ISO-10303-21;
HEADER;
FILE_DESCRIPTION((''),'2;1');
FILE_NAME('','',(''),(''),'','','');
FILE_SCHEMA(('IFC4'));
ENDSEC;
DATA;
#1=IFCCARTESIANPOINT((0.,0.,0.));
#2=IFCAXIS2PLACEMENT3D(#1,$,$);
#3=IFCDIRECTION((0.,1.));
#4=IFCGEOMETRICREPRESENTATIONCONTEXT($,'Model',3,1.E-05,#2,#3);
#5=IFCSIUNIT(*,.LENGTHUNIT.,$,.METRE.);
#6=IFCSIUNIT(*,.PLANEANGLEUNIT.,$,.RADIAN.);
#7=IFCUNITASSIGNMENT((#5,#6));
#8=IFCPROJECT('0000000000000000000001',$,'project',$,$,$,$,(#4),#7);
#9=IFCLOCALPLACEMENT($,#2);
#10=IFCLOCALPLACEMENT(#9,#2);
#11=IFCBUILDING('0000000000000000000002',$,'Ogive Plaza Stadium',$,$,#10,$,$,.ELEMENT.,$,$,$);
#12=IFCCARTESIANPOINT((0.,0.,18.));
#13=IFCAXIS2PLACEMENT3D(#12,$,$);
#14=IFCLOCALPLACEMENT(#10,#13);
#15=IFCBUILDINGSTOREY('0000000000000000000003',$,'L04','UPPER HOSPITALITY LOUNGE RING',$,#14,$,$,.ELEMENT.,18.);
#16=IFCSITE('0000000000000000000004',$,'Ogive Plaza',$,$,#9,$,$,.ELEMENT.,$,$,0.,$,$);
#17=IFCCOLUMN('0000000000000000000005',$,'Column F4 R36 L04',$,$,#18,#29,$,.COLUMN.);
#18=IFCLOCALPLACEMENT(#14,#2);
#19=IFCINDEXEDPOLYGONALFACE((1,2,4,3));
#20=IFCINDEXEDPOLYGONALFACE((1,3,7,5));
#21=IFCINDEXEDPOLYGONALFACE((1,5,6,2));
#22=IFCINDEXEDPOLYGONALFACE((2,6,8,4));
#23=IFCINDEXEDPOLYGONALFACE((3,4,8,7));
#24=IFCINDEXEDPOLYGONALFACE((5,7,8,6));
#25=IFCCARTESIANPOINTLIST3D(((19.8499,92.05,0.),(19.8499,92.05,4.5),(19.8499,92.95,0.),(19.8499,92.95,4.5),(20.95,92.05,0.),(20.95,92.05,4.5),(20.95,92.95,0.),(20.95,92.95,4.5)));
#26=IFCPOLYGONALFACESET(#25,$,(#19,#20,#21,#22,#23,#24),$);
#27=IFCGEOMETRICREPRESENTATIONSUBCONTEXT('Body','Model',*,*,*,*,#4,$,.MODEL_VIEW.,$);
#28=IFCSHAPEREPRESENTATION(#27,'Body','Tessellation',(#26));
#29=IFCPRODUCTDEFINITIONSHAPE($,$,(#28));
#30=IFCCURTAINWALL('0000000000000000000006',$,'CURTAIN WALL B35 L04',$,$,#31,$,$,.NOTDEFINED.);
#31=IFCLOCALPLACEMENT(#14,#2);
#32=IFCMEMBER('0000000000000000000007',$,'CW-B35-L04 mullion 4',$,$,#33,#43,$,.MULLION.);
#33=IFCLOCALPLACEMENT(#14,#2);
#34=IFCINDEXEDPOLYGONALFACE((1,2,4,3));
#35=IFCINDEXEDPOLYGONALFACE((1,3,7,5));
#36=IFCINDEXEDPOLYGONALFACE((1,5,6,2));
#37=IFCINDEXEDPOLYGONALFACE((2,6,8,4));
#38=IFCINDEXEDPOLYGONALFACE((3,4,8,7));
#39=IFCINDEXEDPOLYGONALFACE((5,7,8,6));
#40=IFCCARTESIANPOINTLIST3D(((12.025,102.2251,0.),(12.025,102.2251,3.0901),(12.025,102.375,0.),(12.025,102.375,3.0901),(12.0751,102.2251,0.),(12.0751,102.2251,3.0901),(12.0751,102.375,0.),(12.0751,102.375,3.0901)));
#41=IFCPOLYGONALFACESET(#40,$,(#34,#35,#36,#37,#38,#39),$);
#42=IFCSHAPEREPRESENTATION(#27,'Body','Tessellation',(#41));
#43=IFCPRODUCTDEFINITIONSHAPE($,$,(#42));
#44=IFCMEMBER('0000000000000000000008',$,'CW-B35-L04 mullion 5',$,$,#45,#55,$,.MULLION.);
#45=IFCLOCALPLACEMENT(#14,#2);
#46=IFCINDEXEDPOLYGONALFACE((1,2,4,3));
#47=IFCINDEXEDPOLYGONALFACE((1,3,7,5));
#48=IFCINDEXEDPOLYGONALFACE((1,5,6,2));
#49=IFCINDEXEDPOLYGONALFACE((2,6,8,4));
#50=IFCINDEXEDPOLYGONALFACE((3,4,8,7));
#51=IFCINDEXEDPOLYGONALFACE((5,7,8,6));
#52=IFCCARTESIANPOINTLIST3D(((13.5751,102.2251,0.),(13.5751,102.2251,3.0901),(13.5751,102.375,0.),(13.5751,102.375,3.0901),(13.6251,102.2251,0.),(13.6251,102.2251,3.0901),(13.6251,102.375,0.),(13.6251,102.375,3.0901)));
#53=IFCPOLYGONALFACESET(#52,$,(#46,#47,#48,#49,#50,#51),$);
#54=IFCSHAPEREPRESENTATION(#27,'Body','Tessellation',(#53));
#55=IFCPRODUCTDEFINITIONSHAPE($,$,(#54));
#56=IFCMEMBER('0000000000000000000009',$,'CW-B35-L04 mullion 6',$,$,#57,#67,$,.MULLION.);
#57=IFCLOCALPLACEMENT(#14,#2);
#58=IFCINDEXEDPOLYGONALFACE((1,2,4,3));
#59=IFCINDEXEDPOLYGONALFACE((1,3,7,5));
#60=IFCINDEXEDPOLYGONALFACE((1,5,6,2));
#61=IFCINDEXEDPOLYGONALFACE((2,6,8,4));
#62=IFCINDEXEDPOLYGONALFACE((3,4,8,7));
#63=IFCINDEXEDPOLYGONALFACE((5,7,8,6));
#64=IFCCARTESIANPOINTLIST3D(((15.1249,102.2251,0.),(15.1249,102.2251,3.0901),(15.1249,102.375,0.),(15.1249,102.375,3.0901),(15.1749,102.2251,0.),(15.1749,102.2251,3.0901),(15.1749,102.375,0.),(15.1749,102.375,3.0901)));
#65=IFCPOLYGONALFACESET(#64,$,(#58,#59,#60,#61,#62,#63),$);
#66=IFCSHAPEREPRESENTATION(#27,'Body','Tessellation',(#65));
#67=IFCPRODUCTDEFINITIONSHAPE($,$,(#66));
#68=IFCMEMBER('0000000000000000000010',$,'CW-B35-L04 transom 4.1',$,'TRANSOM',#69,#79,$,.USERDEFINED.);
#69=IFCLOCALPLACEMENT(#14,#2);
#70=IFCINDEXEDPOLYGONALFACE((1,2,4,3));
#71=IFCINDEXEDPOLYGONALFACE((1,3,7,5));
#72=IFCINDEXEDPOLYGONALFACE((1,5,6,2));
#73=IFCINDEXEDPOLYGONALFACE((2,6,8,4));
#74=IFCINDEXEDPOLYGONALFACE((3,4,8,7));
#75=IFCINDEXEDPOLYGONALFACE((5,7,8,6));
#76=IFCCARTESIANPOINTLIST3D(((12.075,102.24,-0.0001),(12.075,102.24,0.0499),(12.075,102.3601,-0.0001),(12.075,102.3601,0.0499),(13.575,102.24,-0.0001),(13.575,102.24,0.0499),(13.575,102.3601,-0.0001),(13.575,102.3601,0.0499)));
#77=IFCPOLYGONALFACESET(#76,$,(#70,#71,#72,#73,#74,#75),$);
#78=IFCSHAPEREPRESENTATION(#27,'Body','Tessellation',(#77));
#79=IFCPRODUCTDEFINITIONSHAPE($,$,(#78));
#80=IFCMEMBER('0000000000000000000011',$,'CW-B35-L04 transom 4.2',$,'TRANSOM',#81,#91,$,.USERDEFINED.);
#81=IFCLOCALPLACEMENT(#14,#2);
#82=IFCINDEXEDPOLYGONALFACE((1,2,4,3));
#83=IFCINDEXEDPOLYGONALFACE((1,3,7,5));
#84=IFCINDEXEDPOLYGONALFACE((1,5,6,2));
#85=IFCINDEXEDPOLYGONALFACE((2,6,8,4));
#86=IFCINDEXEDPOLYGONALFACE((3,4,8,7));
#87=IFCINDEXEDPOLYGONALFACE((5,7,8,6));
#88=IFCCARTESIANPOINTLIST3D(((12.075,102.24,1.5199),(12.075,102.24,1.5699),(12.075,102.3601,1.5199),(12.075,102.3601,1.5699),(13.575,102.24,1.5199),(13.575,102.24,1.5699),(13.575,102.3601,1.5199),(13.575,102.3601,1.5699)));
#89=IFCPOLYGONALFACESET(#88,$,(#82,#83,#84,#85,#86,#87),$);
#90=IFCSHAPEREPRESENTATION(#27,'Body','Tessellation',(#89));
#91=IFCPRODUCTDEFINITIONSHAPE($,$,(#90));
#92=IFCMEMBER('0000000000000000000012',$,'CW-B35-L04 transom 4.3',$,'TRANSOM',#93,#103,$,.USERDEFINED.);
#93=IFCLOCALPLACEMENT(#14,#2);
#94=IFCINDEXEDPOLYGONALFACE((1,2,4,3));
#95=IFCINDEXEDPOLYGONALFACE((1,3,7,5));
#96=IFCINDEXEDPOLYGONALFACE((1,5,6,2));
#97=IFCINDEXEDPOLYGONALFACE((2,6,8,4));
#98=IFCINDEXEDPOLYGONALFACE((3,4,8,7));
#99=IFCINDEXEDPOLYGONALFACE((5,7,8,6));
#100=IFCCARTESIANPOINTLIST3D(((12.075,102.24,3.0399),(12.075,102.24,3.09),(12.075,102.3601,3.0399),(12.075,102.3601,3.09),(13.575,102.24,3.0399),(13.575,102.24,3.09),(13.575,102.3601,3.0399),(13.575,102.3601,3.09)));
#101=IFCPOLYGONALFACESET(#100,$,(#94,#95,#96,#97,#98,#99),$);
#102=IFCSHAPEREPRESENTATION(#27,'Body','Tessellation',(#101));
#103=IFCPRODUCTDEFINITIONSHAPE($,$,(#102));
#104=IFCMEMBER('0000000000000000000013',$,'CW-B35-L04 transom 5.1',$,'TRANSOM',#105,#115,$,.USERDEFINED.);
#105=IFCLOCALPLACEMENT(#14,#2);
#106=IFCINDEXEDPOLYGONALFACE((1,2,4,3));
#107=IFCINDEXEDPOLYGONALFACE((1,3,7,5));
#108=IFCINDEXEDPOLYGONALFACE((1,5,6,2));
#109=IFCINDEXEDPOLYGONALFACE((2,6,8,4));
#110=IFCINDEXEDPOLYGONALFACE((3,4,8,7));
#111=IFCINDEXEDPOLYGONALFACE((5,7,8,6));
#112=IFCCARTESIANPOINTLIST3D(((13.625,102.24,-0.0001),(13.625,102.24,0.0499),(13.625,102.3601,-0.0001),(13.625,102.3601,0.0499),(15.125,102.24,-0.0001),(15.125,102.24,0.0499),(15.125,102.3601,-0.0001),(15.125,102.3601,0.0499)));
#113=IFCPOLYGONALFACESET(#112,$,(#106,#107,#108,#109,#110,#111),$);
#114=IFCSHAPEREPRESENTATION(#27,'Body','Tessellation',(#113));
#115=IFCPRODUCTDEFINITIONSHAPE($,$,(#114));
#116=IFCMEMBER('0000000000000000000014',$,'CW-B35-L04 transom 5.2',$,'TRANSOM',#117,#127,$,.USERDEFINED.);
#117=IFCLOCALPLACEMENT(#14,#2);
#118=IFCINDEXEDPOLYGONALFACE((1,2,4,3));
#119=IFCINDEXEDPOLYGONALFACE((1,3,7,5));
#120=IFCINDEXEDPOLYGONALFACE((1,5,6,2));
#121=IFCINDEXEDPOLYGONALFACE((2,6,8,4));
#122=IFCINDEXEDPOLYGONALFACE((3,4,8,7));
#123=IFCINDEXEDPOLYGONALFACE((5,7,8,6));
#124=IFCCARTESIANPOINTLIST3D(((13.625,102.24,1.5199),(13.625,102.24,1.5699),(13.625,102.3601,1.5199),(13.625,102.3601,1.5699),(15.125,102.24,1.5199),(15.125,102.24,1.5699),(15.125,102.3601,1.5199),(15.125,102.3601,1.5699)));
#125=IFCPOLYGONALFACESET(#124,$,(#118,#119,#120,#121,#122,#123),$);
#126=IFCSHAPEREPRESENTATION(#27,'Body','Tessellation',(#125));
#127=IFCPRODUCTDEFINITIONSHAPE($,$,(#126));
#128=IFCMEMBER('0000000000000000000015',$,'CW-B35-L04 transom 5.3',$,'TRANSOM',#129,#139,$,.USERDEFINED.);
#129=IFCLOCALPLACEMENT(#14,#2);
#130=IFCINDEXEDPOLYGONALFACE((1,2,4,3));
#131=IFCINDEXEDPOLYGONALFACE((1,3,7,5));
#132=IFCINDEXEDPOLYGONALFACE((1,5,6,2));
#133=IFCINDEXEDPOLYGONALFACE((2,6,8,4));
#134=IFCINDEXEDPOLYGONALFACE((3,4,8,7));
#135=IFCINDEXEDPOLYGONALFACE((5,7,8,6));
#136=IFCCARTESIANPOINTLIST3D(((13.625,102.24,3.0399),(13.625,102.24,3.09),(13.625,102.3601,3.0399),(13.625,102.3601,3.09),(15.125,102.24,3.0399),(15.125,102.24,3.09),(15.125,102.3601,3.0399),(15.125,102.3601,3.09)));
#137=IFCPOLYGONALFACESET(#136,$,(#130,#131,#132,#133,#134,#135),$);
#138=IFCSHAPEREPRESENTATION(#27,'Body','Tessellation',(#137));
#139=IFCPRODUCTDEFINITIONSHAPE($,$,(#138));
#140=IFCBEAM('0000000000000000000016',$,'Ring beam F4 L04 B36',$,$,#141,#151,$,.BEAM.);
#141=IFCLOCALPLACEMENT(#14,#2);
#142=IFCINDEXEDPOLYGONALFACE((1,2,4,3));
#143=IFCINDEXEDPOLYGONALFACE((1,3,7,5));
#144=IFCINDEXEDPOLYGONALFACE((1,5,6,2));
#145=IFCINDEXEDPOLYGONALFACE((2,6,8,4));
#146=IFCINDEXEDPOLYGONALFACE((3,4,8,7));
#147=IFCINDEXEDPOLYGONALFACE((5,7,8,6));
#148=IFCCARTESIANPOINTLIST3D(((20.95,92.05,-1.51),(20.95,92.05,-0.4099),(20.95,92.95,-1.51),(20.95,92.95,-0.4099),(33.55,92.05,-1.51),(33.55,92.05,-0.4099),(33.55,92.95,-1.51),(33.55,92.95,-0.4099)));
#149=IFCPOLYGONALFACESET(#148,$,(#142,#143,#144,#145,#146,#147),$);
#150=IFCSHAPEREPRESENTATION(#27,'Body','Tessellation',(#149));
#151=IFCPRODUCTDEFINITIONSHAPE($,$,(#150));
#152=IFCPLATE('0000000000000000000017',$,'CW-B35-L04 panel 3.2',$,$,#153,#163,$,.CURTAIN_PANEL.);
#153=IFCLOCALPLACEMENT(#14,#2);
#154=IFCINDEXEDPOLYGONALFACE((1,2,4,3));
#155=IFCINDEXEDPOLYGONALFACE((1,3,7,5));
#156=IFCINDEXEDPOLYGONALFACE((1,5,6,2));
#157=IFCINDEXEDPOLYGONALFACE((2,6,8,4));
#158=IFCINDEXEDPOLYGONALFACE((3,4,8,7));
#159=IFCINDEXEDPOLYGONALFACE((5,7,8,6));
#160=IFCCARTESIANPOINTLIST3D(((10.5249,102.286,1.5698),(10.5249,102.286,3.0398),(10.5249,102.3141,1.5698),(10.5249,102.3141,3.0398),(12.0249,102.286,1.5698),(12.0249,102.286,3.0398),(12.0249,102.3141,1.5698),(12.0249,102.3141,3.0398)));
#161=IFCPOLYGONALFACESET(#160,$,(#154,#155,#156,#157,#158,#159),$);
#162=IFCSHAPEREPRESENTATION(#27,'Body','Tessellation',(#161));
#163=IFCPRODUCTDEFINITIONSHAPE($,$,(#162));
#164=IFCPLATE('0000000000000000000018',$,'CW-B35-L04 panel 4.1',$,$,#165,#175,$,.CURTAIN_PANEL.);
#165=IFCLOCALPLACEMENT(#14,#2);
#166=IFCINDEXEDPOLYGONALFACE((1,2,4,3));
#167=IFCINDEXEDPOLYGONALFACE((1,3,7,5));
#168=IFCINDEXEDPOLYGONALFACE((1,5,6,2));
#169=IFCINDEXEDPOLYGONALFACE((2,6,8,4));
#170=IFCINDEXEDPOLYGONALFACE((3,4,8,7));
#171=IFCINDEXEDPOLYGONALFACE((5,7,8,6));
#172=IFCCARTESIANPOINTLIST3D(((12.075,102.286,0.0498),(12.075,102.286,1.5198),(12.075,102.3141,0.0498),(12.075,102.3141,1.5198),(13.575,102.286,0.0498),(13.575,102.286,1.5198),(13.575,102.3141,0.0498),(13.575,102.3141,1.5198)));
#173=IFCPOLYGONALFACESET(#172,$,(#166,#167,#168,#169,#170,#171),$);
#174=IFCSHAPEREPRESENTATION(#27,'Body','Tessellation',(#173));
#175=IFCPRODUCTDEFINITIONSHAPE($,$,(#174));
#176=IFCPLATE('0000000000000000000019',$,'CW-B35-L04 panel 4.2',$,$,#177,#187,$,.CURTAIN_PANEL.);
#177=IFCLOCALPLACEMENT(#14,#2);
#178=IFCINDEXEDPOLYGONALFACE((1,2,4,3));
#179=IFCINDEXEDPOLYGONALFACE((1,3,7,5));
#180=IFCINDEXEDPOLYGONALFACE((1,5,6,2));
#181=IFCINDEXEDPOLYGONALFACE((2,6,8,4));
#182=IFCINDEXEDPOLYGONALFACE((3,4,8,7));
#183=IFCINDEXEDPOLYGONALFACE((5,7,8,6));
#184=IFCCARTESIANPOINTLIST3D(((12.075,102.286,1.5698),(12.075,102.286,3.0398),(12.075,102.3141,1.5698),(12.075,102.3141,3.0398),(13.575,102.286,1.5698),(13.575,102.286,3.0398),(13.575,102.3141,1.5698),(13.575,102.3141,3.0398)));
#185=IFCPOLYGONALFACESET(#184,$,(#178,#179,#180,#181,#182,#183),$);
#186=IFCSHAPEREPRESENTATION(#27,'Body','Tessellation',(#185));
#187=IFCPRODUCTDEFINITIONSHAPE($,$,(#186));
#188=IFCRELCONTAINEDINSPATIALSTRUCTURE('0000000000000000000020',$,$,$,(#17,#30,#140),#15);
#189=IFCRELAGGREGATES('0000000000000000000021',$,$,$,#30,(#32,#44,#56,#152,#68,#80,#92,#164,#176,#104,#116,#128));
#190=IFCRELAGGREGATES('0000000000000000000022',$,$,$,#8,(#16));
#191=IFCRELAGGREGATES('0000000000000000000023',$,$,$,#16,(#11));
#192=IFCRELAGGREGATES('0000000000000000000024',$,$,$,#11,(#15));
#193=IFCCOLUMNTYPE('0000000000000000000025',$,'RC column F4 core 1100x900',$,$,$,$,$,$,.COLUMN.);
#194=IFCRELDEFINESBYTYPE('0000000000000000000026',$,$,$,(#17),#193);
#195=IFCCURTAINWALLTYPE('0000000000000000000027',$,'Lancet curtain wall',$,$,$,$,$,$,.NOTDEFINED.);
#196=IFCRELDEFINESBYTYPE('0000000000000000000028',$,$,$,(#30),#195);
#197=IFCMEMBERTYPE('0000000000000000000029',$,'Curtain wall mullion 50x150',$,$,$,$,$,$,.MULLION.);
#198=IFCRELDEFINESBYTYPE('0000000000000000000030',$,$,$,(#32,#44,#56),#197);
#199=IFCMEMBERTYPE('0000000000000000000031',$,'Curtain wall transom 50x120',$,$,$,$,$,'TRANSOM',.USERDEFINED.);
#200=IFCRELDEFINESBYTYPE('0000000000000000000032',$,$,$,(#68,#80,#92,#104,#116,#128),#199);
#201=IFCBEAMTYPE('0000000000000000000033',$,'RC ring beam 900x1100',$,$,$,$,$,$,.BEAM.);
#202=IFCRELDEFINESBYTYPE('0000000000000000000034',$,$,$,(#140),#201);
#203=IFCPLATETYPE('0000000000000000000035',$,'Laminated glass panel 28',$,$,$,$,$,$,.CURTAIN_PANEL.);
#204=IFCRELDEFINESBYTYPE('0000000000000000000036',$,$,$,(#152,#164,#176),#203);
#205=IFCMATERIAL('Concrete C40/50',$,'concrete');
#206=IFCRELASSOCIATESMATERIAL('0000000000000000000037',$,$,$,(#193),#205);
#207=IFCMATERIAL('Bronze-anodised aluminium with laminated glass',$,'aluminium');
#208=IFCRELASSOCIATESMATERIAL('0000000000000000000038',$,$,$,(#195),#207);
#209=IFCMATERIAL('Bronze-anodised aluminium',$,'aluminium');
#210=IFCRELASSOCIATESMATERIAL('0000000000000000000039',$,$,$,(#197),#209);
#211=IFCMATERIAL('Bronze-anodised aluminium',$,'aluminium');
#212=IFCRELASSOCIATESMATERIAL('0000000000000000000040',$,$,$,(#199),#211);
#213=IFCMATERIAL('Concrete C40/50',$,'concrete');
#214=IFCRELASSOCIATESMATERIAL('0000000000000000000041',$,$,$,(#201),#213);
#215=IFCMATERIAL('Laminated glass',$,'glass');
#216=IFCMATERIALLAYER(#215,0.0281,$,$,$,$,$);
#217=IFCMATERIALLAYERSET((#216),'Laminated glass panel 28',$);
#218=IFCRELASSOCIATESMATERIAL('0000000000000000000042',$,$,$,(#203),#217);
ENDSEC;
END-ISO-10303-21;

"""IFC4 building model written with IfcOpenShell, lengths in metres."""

from ifc_helpers import new_model, si_unit, direction, frame, origin, origin_2d, place, context, subcontext, project, spatial, rectangle, extrude, material, layer, layer_set, material_profile, profile_set, type_object, element, aggregate, save


model = new_model("IFC4")

# Units and contexts
model_context = context("Model", 3, precision=1e-05, world=origin(), true_north=direction((0.0, 1.0)))
body_context = subcontext(model_context, "Body", "Model", "MODEL_VIEW")
ifc_project = project(units=[si_unit("LENGTHUNIT", "METRE"), si_unit("PLANEANGLEUNIT", "RADIAN")], contexts=[model_context])

# Site, building, storey
site_placement = place(None, origin())
site = spatial("IfcSite", under=ifc_project, at=site_placement, Name="Ogive Plaza", CompositionType="ELEMENT", RefElevation=0.0)
building_placement = place(site_placement, origin())
building = spatial("IfcBuilding", under=site, at=building_placement, Name="Ogive Plaza Stadium", CompositionType="ELEMENT")
storey_placement = place(building_placement, frame((0.0, 0.0, 18.0)))
storey = spatial("IfcBuildingStorey", under=building, at=storey_placement, Name="L04", Description="UPPER HOSPITALITY LOUNGE RING", CompositionType="ELEMENT", Elevation=18.0)

# Column
ifc_material_1 = material(Name="Concrete C40/50", Category="concrete")
ifc_material_profile_1 = material_profile(ifc_material_1, rectangle(XDim=1.1001, YDim=0.8999, at=origin_2d()), Name="RC 1100x900")
ifc_profile_set_1 = profile_set([ifc_material_profile_1], Name="Concrete C40/50")
column_type = type_object("IfcColumnType", Name="RC column F4 core 1100x900", PredefinedType="COLUMN", material=ifc_profile_set_1)
column_placement = place(storey_placement, frame((20.3999, 92.5, 0.0), z_axis=(0.0, 0.0, 1.0), x_axis=(-1.0, 0.0, 0.0)))
element("IfcColumn", 1, at=column_placement, inside=storey, type_object=column_type, Name="Column F4 R36 L04", PredefinedType="COLUMN", context=body_context, shape_type="SweptSolid", body=[
    extrude(rectangle(XDim=1.1001, YDim=0.8999, at=origin_2d()), origin(), (0.0, 0.0, 1.0), 4.5),
])

# Curtain wall, members
ifc_material_2 = material(Name="Bronze-anodised aluminium with laminated glass", Category="aluminium")
curtain_wall_type = type_object("IfcCurtainWallType", Name="Lancet curtain wall", PredefinedType="NOTDEFINED", material=ifc_material_2)
curtain_wall_placement = place(storey_placement, origin())
curtain_wall = element("IfcCurtainWall", 2, at=curtain_wall_placement, inside=storey, type_object=curtain_wall_type, Name="CURTAIN WALL B35 L04", PredefinedType="NOTDEFINED")
ifc_material_3 = material(Name="Bronze-anodised aluminium", Category="aluminium")
ifc_material_profile_2 = material_profile(ifc_material_3, rectangle(XDim=0.1499, YDim=0.05, at=origin_2d()), Name="AL 150x50")
ifc_profile_set_2 = profile_set([ifc_material_profile_2], Name="Bronze-anodised aluminium")
member_type_1 = type_object("IfcMemberType", Name="Curtain wall mullion 50x150", PredefinedType="MULLION", material=ifc_profile_set_2)
member_1_placement = place(storey_placement, frame((12.05, 102.3, 0.0), z_axis=(0.0, 0.0, 1.0), x_axis=(0.0, 1.0, 0.0)))
member_1 = element("IfcMember", 3, at=member_1_placement, type_object=member_type_1, Name="CW-B35-L04 mullion 4", PredefinedType="MULLION", context=body_context, shape_type="SweptSolid", body=[
    extrude(rectangle(XDim=0.1499, YDim=0.05, at=origin_2d()), origin(), (0.0, 0.0, 1.0), 3.0901),
])
member_2_placement = place(storey_placement, frame((13.6001, 102.3, 0.0), z_axis=(0.0, 0.0, 1.0), x_axis=(0.0, 1.0, 0.0)))
member_2 = element("IfcMember", 4, at=member_2_placement, type_object=member_type_1, Name="CW-B35-L04 mullion 5", PredefinedType="MULLION", context=body_context, shape_type="SweptSolid", body=[
    extrude(rectangle(XDim=0.1499, YDim=0.05, at=origin_2d()), origin(), (0.0, 0.0, 1.0), 3.0901),
])
member_3_placement = place(storey_placement, frame((15.1499, 102.3, 0.0), z_axis=(0.0, 0.0, 1.0), x_axis=(0.0, 1.0, 0.0)))
member_3 = element("IfcMember", 5, at=member_3_placement, type_object=member_type_1, Name="CW-B35-L04 mullion 6", PredefinedType="MULLION", context=body_context, shape_type="SweptSolid", body=[
    extrude(rectangle(XDim=0.1499, YDim=0.05, at=origin_2d()), origin(), (0.0, 0.0, 1.0), 3.0901),
])
ifc_material_4 = material(Name="Bronze-anodised aluminium", Category="aluminium")
ifc_material_profile_3 = material_profile(ifc_material_4, rectangle(XDim=0.1201, YDim=0.05, at=origin_2d()), Name="AL 120x50")
ifc_profile_set_3 = profile_set([ifc_material_profile_3], Name="Bronze-anodised aluminium")
member_type_2 = type_object("IfcMemberType", Name="Curtain wall transom 50x120", ElementType="TRANSOM", PredefinedType="USERDEFINED", material=ifc_profile_set_3)
member_4_placement = place(storey_placement, frame((12.075, 102.3, 0.0249), z_axis=(1.0, 0.0, 0.0), x_axis=(0.0, 1.0, 0.0)))
member_4 = element("IfcMember", 6, at=member_4_placement, type_object=member_type_2, Name="CW-B35-L04 transom 4.1", ObjectType="TRANSOM", PredefinedType="USERDEFINED", context=body_context, shape_type="SweptSolid", body=[
    extrude(rectangle(XDim=0.1201, YDim=0.05, at=origin_2d()), origin(), (0.0, 0.0, 1.0), 1.5),
])
member_5_placement = place(storey_placement, frame((12.075, 102.3, 1.5449), z_axis=(1.0, 0.0, 0.0), x_axis=(0.0, 1.0, 0.0)))
member_5 = element("IfcMember", 7, at=member_5_placement, type_object=member_type_2, Name="CW-B35-L04 transom 4.2", ObjectType="TRANSOM", PredefinedType="USERDEFINED", context=body_context, shape_type="SweptSolid", body=[
    extrude(rectangle(XDim=0.1201, YDim=0.05, at=origin_2d()), origin(), (0.0, 0.0, 1.0), 1.5),
])
member_6_placement = place(storey_placement, frame((12.075, 102.3, 3.0649), z_axis=(1.0, 0.0, 0.0), x_axis=(0.0, 1.0, 0.0)))
member_6 = element("IfcMember", 8, at=member_6_placement, type_object=member_type_2, Name="CW-B35-L04 transom 4.3", ObjectType="TRANSOM", PredefinedType="USERDEFINED", context=body_context, shape_type="SweptSolid", body=[
    extrude(rectangle(XDim=0.1201, YDim=0.05, at=origin_2d()), origin(), (0.0, 0.0, 1.0), 1.5),
])
member_7_placement = place(storey_placement, frame((13.625, 102.3, 0.0249), z_axis=(1.0, 0.0, 0.0), x_axis=(0.0, 1.0, 0.0)))
member_7 = element("IfcMember", 9, at=member_7_placement, type_object=member_type_2, Name="CW-B35-L04 transom 5.1", ObjectType="TRANSOM", PredefinedType="USERDEFINED", context=body_context, shape_type="SweptSolid", body=[
    extrude(rectangle(XDim=0.1201, YDim=0.05, at=origin_2d()), origin(), (0.0, 0.0, 1.0), 1.5),
])
member_8_placement = place(storey_placement, frame((13.625, 102.3, 1.5449), z_axis=(1.0, 0.0, 0.0), x_axis=(0.0, 1.0, 0.0)))
member_8 = element("IfcMember", 10, at=member_8_placement, type_object=member_type_2, Name="CW-B35-L04 transom 5.2", ObjectType="TRANSOM", PredefinedType="USERDEFINED", context=body_context, shape_type="SweptSolid", body=[
    extrude(rectangle(XDim=0.1201, YDim=0.05, at=origin_2d()), origin(), (0.0, 0.0, 1.0), 1.5),
])
member_9_placement = place(storey_placement, frame((13.625, 102.3, 3.0649), z_axis=(1.0, 0.0, 0.0), x_axis=(0.0, 1.0, 0.0)))
member_9 = element("IfcMember", 11, at=member_9_placement, type_object=member_type_2, Name="CW-B35-L04 transom 5.3", ObjectType="TRANSOM", PredefinedType="USERDEFINED", context=body_context, shape_type="SweptSolid", body=[
    extrude(rectangle(XDim=0.1201, YDim=0.05, at=origin_2d()), origin(), (0.0, 0.0, 1.0), 1.5),
])

# Beam
ifc_material_5 = material(Name="Concrete C40/50", Category="concrete")
ifc_material_profile_4 = material_profile(ifc_material_5, rectangle(XDim=0.8999, YDim=1.1001, at=origin_2d()), Name="RC 900x1100")
ifc_profile_set_4 = profile_set([ifc_material_profile_4], Name="Concrete C40/50")
beam_type = type_object("IfcBeamType", Name="RC ring beam 900x1100", PredefinedType="BEAM", material=ifc_profile_set_4)
beam_placement = place(storey_placement, frame((20.95, 92.5, -0.96), z_axis=(1.0, 0.0, 0.0), x_axis=(0.0, 1.0, 0.0)))
element("IfcBeam", 12, at=beam_placement, inside=storey, type_object=beam_type, Name="Ring beam F4 L04 B36", PredefinedType="BEAM", context=body_context, shape_type="SweptSolid", body=[
    extrude(rectangle(XDim=0.8999, YDim=1.1001, at=origin_2d()), origin(), (0.0, 0.0, 1.0), 12.6001),
])

# Plates
ifc_material_6 = material(Name="Laminated glass", Category="glass")
ifc_layer_1 = layer(ifc_material_6, 0.0281)
ifc_layer_set_1 = layer_set([ifc_layer_1], Name="Laminated glass panel 28")
plate_type = type_object("IfcPlateType", Name="Laminated glass panel 28", PredefinedType="CURTAIN_PANEL", material=ifc_layer_set_1)
plate_1_placement = place(storey_placement, frame((11.2749, 102.3, 1.5698), z_axis=(0.0, 0.0, 1.0), x_axis=(1.0, 0.0, 0.0)))
plate_1 = element("IfcPlate", 13, at=plate_1_placement, type_object=plate_type, Name="CW-B35-L04 panel 3.2", PredefinedType="CURTAIN_PANEL", context=body_context, shape_type="SweptSolid", body=[
    extrude(rectangle(XDim=1.5, YDim=0.0281, at=origin_2d()), origin(), (0.0, 0.0, 1.0), 1.47),
])
plate_2_placement = place(storey_placement, frame((12.825, 102.3, 0.0498), z_axis=(0.0, 0.0, 1.0), x_axis=(1.0, 0.0, 0.0)))
plate_2 = element("IfcPlate", 14, at=plate_2_placement, type_object=plate_type, Name="CW-B35-L04 panel 4.1", PredefinedType="CURTAIN_PANEL", context=body_context, shape_type="SweptSolid", body=[
    extrude(rectangle(XDim=1.5, YDim=0.0281, at=origin_2d()), origin(), (0.0, 0.0, 1.0), 1.47),
])
plate_3_placement = place(storey_placement, frame((12.825, 102.3, 1.5698), z_axis=(0.0, 0.0, 1.0), x_axis=(1.0, 0.0, 0.0)))
plate_3 = element("IfcPlate", 15, at=plate_3_placement, type_object=plate_type, Name="CW-B35-L04 panel 4.2", PredefinedType="CURTAIN_PANEL", context=body_context, shape_type="SweptSolid", body=[
    extrude(rectangle(XDim=1.5, YDim=0.0281, at=origin_2d()), origin(), (0.0, 0.0, 1.0), 1.47),
])
aggregate(curtain_wall, [member_1, member_2, member_3, plate_1, member_4, member_5, member_6, plate_2, plate_3, member_7, member_8, member_9])

save(model, "model.ifc")
